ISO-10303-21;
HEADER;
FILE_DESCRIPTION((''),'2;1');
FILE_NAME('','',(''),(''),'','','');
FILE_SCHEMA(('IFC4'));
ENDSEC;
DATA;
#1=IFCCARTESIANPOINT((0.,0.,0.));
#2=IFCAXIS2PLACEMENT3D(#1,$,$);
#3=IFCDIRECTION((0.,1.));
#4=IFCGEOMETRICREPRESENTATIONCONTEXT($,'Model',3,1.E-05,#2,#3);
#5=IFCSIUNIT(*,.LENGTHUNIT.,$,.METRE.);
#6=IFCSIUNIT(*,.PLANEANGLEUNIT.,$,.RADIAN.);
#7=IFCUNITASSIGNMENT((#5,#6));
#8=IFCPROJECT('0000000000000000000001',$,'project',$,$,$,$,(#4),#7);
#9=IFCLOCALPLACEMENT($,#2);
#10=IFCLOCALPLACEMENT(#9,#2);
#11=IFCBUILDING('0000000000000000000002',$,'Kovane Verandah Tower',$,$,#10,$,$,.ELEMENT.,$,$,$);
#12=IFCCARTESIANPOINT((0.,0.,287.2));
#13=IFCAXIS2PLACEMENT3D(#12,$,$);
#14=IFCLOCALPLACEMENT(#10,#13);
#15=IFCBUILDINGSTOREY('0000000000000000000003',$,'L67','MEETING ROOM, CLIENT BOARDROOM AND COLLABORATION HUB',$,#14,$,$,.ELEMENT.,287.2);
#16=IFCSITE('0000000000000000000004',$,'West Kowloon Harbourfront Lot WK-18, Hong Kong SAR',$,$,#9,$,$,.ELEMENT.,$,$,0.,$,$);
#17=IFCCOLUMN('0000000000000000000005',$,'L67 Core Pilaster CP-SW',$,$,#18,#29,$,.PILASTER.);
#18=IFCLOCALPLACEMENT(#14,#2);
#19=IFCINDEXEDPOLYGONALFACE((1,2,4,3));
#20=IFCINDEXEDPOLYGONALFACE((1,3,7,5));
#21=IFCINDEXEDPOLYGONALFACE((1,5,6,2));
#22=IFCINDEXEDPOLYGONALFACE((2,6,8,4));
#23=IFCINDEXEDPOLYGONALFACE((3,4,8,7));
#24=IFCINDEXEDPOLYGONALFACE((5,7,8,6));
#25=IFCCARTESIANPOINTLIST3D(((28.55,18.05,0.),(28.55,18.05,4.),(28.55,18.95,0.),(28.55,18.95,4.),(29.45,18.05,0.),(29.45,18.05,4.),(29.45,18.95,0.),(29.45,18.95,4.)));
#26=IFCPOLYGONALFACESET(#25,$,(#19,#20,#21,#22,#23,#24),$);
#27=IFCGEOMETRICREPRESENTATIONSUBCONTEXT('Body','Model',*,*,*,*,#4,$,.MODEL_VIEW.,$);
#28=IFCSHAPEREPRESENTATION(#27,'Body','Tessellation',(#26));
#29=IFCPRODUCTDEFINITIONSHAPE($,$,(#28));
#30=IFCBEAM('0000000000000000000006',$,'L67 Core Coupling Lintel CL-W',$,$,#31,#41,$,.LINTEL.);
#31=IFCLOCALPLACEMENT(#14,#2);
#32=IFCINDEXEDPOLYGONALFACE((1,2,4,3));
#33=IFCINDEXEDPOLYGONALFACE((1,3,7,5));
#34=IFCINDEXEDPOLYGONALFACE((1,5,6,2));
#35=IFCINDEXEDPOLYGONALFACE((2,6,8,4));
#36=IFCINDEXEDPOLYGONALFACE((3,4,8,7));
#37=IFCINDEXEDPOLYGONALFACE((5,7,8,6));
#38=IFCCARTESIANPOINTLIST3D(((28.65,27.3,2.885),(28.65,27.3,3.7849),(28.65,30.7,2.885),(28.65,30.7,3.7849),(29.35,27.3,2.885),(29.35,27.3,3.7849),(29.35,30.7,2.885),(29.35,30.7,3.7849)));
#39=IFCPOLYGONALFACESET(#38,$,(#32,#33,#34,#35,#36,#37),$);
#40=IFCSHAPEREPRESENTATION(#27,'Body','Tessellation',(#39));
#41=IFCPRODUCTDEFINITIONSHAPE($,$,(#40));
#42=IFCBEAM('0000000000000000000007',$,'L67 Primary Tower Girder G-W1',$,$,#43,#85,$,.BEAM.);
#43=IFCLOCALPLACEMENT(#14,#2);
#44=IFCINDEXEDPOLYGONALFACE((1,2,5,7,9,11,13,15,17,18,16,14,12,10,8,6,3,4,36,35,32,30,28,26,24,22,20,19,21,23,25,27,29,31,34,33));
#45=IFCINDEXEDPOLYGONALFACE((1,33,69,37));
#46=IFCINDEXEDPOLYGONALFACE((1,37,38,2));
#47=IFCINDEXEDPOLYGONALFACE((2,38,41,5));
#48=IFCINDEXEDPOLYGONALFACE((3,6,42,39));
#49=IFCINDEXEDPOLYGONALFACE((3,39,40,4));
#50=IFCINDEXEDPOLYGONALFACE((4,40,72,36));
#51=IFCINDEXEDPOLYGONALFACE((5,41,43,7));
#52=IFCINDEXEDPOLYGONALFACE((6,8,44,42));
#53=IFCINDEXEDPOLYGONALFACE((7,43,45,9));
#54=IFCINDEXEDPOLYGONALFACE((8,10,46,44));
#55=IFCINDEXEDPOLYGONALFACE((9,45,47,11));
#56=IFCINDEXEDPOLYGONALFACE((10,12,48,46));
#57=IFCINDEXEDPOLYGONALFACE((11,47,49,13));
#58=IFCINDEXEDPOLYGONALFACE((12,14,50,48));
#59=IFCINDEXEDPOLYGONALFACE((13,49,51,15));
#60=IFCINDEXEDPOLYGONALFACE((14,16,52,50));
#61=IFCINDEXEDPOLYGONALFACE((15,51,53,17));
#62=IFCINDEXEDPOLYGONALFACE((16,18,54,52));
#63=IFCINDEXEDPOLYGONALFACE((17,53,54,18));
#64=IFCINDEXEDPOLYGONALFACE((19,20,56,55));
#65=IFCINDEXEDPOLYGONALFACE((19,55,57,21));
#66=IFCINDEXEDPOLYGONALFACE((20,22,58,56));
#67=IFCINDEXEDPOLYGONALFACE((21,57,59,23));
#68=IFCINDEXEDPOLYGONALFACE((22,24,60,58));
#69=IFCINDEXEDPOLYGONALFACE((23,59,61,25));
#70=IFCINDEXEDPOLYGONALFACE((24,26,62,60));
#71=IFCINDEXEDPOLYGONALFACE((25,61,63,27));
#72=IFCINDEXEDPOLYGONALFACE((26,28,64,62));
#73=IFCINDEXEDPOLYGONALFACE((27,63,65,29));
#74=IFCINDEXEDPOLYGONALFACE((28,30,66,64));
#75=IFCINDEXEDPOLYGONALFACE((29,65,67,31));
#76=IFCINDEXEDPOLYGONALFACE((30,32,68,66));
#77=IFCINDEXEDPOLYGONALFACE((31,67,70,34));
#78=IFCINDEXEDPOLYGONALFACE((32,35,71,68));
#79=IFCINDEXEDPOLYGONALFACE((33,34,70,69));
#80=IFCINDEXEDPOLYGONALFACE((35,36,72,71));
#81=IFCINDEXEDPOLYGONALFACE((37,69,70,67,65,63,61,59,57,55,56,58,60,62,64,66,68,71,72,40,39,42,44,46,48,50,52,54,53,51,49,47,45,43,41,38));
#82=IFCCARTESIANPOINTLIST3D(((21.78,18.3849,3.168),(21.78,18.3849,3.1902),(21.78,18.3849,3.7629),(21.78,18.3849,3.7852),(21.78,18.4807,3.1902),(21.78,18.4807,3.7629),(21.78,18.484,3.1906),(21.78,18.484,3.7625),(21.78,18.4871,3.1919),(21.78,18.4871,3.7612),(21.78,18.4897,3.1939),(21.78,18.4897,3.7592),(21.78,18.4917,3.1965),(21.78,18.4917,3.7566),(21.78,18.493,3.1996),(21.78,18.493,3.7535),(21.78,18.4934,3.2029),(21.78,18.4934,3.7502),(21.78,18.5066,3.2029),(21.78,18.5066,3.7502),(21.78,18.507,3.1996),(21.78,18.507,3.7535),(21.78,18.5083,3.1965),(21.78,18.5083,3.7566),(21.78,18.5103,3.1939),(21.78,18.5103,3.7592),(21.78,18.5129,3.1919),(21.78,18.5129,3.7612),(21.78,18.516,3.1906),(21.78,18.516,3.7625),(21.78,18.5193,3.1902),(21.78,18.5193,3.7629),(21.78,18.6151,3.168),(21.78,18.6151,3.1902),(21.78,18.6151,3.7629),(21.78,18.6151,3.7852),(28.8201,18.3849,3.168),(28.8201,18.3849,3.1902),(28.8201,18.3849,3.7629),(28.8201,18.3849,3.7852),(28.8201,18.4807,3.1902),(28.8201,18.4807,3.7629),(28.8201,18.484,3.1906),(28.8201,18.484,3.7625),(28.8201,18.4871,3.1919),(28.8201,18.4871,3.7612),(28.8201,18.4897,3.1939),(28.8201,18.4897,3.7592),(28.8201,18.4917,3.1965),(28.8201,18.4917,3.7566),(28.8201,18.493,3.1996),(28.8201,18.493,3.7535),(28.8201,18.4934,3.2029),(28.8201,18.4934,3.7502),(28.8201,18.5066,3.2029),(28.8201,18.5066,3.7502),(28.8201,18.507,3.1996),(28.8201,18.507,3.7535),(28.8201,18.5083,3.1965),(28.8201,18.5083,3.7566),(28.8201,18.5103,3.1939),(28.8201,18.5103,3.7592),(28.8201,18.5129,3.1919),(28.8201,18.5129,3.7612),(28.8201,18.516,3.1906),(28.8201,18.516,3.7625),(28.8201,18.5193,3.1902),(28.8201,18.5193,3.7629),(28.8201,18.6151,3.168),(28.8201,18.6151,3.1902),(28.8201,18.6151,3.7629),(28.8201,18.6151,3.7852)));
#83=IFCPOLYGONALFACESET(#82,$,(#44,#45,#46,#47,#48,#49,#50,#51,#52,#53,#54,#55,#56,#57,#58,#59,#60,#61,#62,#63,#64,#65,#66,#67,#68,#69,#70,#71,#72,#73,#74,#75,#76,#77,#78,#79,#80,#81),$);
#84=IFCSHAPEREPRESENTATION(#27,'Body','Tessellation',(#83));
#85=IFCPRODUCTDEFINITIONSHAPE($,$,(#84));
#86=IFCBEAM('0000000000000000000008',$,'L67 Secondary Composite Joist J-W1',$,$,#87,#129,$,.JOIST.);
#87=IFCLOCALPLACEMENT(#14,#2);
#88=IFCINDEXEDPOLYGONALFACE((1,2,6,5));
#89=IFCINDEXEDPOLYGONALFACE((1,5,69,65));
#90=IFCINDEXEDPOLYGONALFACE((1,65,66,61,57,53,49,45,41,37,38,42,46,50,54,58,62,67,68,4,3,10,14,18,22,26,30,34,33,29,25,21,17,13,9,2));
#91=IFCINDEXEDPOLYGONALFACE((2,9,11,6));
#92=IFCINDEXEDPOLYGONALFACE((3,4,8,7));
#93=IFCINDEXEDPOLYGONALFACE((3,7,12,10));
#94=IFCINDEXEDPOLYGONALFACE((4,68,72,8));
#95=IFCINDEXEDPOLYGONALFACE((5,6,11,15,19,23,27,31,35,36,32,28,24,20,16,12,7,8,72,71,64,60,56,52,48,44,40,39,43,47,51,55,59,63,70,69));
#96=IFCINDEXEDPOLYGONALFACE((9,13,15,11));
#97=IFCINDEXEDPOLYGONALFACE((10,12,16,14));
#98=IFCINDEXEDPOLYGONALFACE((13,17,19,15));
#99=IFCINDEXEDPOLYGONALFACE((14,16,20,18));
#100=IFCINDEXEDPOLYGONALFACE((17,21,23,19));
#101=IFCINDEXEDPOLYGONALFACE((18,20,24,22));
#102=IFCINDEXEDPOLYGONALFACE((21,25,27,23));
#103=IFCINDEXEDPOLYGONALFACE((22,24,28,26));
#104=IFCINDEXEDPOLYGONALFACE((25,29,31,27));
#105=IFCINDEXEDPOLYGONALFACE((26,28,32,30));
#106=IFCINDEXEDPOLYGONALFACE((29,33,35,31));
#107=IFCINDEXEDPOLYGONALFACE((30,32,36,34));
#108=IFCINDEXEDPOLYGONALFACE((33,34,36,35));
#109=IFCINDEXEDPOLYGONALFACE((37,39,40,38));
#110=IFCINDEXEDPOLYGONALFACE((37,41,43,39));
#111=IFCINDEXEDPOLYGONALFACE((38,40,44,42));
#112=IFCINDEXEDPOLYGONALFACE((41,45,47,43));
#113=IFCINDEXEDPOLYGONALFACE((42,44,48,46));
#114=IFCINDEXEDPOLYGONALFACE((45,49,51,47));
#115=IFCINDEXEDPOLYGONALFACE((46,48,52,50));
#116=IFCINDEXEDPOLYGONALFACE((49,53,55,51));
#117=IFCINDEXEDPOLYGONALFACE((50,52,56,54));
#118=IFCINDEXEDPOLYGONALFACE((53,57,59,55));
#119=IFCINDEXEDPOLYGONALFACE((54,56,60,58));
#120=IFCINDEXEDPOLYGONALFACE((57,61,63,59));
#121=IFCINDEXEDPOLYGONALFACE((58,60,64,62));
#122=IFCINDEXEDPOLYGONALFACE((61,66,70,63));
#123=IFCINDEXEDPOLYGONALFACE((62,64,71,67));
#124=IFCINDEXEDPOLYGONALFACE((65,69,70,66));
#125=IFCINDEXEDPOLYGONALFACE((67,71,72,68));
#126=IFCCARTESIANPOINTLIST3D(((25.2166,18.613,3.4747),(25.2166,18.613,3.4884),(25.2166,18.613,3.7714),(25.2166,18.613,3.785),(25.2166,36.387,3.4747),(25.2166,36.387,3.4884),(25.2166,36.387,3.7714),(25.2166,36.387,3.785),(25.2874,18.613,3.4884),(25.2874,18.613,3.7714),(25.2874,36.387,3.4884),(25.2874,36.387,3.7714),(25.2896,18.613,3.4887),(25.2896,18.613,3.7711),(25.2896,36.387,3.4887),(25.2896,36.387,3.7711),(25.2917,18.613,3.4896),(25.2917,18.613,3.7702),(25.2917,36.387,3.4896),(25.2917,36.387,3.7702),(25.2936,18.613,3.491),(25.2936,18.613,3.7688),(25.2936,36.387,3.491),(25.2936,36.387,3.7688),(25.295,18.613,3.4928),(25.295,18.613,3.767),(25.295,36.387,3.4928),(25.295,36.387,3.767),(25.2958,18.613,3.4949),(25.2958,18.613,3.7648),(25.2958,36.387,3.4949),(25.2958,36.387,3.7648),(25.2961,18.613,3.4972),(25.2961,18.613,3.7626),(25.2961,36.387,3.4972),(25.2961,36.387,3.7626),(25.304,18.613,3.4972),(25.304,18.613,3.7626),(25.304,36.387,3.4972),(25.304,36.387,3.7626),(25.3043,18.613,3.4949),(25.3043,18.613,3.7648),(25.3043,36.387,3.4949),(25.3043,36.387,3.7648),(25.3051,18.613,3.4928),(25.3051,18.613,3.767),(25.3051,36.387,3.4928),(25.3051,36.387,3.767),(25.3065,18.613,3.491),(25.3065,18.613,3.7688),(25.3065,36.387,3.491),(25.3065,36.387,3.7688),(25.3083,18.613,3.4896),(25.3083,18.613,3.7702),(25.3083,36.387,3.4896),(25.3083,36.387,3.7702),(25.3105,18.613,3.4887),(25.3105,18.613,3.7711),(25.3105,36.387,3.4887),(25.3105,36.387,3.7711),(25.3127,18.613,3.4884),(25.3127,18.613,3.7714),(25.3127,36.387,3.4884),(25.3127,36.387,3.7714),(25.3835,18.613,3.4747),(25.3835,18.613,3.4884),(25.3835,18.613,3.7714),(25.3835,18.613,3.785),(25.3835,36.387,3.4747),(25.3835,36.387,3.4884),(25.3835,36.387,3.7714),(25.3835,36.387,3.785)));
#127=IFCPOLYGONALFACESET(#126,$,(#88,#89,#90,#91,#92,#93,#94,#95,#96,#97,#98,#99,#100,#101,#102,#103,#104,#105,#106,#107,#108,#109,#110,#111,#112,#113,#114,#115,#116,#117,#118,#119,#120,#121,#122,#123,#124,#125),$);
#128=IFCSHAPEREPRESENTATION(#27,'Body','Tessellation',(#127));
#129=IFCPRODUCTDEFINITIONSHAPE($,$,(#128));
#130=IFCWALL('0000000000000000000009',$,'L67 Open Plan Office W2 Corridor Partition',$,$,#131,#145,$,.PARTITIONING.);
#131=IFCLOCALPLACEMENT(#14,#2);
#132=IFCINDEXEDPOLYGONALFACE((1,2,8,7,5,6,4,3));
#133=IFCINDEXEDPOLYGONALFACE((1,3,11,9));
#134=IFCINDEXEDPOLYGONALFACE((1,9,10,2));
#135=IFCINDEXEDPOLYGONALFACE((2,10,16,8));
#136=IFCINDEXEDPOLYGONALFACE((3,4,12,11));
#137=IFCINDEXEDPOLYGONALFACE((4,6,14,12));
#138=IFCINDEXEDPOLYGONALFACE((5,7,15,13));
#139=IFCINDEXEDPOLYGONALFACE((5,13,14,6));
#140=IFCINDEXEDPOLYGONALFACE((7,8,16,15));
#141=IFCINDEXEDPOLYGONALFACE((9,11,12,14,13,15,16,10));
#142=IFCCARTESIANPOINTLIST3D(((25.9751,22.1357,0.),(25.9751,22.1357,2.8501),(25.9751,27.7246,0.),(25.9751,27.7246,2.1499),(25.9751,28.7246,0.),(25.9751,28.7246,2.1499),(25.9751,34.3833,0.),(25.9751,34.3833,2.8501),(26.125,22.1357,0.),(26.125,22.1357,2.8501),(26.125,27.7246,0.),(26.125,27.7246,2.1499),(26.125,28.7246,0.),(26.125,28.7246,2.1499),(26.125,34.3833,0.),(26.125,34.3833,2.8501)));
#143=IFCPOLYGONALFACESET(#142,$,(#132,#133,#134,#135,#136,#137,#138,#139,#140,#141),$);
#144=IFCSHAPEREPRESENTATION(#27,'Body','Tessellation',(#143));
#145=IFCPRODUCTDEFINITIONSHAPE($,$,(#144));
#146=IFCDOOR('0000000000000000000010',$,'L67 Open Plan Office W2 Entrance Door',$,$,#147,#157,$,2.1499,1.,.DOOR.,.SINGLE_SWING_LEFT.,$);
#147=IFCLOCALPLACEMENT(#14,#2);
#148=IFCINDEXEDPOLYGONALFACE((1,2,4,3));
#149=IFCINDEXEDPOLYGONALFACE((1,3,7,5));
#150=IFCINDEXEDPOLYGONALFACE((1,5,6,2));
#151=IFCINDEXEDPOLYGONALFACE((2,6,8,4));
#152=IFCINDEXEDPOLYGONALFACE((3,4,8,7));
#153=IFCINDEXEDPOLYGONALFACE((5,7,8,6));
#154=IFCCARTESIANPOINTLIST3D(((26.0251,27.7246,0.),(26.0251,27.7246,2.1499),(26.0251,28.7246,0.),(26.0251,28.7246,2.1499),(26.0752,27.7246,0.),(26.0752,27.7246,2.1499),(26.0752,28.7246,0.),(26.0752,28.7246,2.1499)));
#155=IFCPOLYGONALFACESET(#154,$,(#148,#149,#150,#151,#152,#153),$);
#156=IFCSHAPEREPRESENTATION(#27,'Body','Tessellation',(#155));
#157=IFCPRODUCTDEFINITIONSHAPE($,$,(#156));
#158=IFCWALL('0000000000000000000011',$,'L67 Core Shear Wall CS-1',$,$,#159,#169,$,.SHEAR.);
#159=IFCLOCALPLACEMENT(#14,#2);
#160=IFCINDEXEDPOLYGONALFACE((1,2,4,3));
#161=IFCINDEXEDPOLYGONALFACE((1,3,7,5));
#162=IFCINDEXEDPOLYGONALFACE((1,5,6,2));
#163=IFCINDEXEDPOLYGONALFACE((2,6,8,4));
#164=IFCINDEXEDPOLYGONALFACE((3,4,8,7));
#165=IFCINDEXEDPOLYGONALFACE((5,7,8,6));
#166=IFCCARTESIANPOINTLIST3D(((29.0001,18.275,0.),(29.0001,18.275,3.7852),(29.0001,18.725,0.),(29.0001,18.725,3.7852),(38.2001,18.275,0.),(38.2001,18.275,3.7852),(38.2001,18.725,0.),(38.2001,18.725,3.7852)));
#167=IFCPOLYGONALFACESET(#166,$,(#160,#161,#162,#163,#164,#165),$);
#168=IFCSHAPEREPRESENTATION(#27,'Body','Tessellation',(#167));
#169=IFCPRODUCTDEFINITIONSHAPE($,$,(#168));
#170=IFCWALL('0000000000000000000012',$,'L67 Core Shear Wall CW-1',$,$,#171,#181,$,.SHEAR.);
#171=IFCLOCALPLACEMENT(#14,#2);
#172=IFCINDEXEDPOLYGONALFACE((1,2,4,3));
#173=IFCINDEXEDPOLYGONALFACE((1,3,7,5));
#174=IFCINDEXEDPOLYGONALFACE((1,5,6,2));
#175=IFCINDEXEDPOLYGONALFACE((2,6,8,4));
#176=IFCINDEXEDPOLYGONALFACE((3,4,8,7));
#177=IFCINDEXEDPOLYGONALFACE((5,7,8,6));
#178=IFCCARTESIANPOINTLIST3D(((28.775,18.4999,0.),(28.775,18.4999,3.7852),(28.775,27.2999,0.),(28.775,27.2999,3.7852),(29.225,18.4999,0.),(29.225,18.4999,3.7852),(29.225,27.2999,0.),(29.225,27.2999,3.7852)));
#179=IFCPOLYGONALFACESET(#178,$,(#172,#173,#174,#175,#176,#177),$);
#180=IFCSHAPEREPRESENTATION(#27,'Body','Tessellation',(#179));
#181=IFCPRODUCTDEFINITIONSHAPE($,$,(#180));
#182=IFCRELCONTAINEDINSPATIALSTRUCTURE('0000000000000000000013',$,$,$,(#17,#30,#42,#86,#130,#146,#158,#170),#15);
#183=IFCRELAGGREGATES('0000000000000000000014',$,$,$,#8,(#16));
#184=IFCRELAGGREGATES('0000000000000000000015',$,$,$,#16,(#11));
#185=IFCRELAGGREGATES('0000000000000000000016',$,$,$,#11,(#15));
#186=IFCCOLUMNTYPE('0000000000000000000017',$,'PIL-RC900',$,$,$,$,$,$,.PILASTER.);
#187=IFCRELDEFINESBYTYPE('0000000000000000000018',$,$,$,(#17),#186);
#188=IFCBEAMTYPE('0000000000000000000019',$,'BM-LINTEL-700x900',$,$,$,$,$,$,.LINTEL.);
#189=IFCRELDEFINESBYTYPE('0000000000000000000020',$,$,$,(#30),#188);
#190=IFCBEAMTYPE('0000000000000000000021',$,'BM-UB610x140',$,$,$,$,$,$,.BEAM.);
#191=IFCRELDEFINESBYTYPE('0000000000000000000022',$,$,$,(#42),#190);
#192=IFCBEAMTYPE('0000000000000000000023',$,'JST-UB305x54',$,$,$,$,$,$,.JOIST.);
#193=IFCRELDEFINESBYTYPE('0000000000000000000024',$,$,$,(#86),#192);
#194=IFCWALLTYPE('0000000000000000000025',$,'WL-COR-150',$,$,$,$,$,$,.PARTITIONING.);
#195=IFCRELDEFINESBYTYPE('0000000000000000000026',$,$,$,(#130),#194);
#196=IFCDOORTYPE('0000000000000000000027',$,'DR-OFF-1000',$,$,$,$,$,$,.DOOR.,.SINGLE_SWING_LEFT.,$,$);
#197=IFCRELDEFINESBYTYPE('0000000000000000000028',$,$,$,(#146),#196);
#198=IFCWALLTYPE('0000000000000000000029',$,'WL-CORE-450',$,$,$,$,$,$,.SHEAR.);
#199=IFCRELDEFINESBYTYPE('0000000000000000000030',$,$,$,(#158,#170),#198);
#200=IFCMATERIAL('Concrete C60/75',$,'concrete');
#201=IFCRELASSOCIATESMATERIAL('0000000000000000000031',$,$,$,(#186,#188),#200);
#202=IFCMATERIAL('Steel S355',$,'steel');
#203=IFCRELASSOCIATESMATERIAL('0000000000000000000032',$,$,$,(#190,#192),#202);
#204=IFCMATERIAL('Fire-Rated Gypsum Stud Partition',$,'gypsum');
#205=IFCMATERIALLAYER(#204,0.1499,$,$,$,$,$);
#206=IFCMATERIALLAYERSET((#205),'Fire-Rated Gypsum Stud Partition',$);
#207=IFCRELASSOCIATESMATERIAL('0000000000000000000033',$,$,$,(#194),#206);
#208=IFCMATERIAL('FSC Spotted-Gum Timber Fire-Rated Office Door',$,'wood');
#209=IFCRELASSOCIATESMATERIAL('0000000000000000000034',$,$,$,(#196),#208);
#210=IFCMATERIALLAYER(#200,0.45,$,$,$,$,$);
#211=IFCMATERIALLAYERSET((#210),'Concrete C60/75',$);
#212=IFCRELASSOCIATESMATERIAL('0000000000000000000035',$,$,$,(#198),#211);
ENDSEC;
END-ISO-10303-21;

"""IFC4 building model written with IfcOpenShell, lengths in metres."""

from ifc_helpers import new_model, si_unit, direction, frame, frame_2d, origin, origin_2d, place, context, subcontext, project, spatial, rectangle, i_section, extrude, material, layer, layer_set, material_profile, profile_set, type_object, element, fill, save


model = new_model("IFC4")

# Units and contexts
model_context = context("Model", 3, precision=1e-05, world=origin(), true_north=direction((0.0, 1.0)))
body_context = subcontext(model_context, "Body", "Model", "MODEL_VIEW")
ifc_project = project(units=[si_unit("LENGTHUNIT", "METRE"), si_unit("PLANEANGLEUNIT", "RADIAN")], contexts=[model_context])

# Site, building, storey
site_placement = place(None, origin())
site = spatial("IfcSite", under=ifc_project, at=site_placement, Name="West Kowloon Harbourfront Lot WK-18, Hong Kong SAR", CompositionType="ELEMENT", RefElevation=0.0)
building_placement = place(site_placement, origin())
building = spatial("IfcBuilding", under=site, at=building_placement, Name="Kovane Verandah Tower", CompositionType="ELEMENT")
storey_placement = place(building_placement, frame((0.0, 0.0, 287.2)))
storey = spatial("IfcBuildingStorey", under=building, at=storey_placement, Name="L67", Description="MEETING ROOM, CLIENT BOARDROOM AND COLLABORATION HUB", CompositionType="ELEMENT", Elevation=287.2)

# Column
ifc_material_1 = material(Name="Concrete C60/75", Category="concrete")
ifc_material_profile_1 = material_profile(ifc_material_1, rectangle(XDim=0.8999, YDim=0.8999, at=origin_2d()), Name="RC900x900")
ifc_profile_set_1 = profile_set([ifc_material_profile_1], Name="Concrete C60/75")
column_type = type_object("IfcColumnType", Name="PIL-RC900", PredefinedType="PILASTER", material=ifc_profile_set_1)
column_placement = place(storey_placement, frame((29.0, 18.5, 0.0), z_axis=(0.0, 0.0, 1.0), x_axis=(1.0, 0.0, 0.0)))
element("IfcColumn", 1, at=column_placement, inside=storey, type_object=column_type, Name="L67 Core Pilaster CP-SW", PredefinedType="PILASTER", context=body_context, shape_type="SweptSolid", body=[
    extrude(rectangle(XDim=0.8999, YDim=0.8999, at=origin_2d()), origin(), (0.0, 0.0, 1.0), 4.0),
])

# Beams
ifc_material_profile_2 = material_profile(ifc_material_1, rectangle(XDim=0.7, YDim=0.8999, at=origin_2d()), Name="RCB700x900")
ifc_profile_set_2 = profile_set([ifc_material_profile_2], Name="Concrete C60/75")
beam_type_1 = type_object("IfcBeamType", Name="BM-LINTEL-700x900", PredefinedType="LINTEL", material=ifc_profile_set_2)
beam_1_placement = place(storey_placement, frame((29.0, 27.3, 3.335), z_axis=(0.0, 1.0, 0.0), x_axis=(-1.0, 0.0, 0.0)))
element("IfcBeam", 2, at=beam_1_placement, inside=storey, type_object=beam_type_1, Name="L67 Core Coupling Lintel CL-W", PredefinedType="LINTEL", context=body_context, shape_type="SweptSolid", body=[
    extrude(rectangle(XDim=0.7, YDim=0.8999, at=origin_2d()), origin(), (0.0, 0.0, 1.0), 3.3999),
])
ifc_material_2 = material(Name="Steel S355", Category="steel")
ifc_material_profile_3 = material_profile(ifc_material_2, i_section(OverallWidth=0.2302, OverallDepth=0.6172, WebThickness=0.0132, FlangeThickness=0.0222, FilletRadius=0.0127, at=origin_2d()), Name="UB610x229x140")
ifc_profile_set_3 = profile_set([ifc_material_profile_3], Name="Steel S355")
beam_type_2 = type_object("IfcBeamType", Name="BM-UB610x140", PredefinedType="BEAM", material=ifc_profile_set_3)
beam_2_placement = place(storey_placement, frame((28.8201, 18.5, 3.4766), z_axis=(-1.0, 0.0, 0.0), x_axis=(0.0, -1.0, 0.0)))
element("IfcBeam", 3, at=beam_2_placement, inside=storey, type_object=beam_type_2, Name="L67 Primary Tower Girder G-W1", PredefinedType="BEAM", context=body_context, shape_type="SweptSolid", body=[
    extrude(i_section(OverallWidth=0.2302, OverallDepth=0.6172, WebThickness=0.0132, FlangeThickness=0.0222, FilletRadius=0.0127, at=origin_2d()), origin(), (0.0, 0.0, 1.0), 7.04),
])
ifc_material_profile_4 = material_profile(ifc_material_2, i_section(OverallWidth=0.167, OverallDepth=0.3103, WebThickness=0.0078, FlangeThickness=0.0137, FilletRadius=0.0088, at=origin_2d()), Name="UB305x165x54")
ifc_profile_set_4 = profile_set([ifc_material_profile_4], Name="Steel S355")
beam_type_3 = type_object("IfcBeamType", Name="JST-UB305x54", PredefinedType="JOIST", material=ifc_profile_set_4)
beam_3_placement = place(storey_placement, frame((25.3, 18.613, 3.6299), z_axis=(0.0, 1.0, 0.0), x_axis=(-1.0, 0.0, 0.0)))
element("IfcBeam", 4, at=beam_3_placement, inside=storey, type_object=beam_type_3, Name="L67 Secondary Composite Joist J-W1", PredefinedType="JOIST", context=body_context, shape_type="SweptSolid", body=[
    extrude(i_section(OverallWidth=0.167, OverallDepth=0.3103, WebThickness=0.0078, FlangeThickness=0.0137, FilletRadius=0.0088, at=origin_2d()), origin(), (0.0, 0.0, 1.0), 17.7739),
])

# Wall, opening, door
ifc_material_3 = material(Name="Fire-Rated Gypsum Stud Partition", Category="gypsum")
ifc_layer_1 = layer(ifc_material_3, 0.1499)
ifc_layer_set_1 = layer_set([ifc_layer_1], Name="Fire-Rated Gypsum Stud Partition")
wall_type_1 = type_object("IfcWallType", Name="WL-COR-150", PredefinedType="PARTITIONING", material=ifc_layer_set_1)
wall_1_placement = place(storey_placement, frame((26.05, 22.1357, 0.0), z_axis=(0.0, 0.0, 1.0), x_axis=(0.0, 1.0, 0.0)))
wall_1 = element("IfcWall", 5, at=wall_1_placement, inside=storey, type_object=wall_type_1, Name="L67 Open Plan Office W2 Corridor Partition", PredefinedType="PARTITIONING", context=body_context, shape_type="SweptSolid", body=[
    extrude(rectangle(XDim=12.2476, YDim=0.1499, at=frame_2d((6.1238, 0.0))), origin(), (0.0, 0.0, 1.0), 2.8501),
])
opening_1_placement = place(wall_1_placement, frame((5.5889, 0.0, 0.0)))
opening_1 = element("IfcOpeningElement", 6, at=opening_1_placement, cuts=wall_1, PredefinedType="OPENING", context=body_context, shape_type="SweptSolid", body=[
    extrude(rectangle(XDim=1.0, YDim=2.1499, at=frame_2d((0.5, 1.075))), frame((0.0, 0.075, 0.0), z_axis=(0.0, -1.0, 0.0), x_axis=(1.0, 0.0, 0.0)), (0.0, 0.0, 1.0), 0.1499),
])
ifc_material_4 = material(Name="FSC Spotted-Gum Timber Fire-Rated Office Door", Category="wood")
door_type_1 = type_object("IfcDoorType", Name="DR-OFF-1000", OperationType="SINGLE_SWING_LEFT", PredefinedType="DOOR", material=ifc_material_4)
door_1_placement = place(opening_1_placement, origin())
door_1 = element("IfcDoor", 7, at=door_1_placement, inside=storey, type_object=door_type_1, Name="L67 Open Plan Office W2 Entrance Door", OperationType="SINGLE_SWING_LEFT", OverallHeight=2.1499, OverallWidth=1.0, PredefinedType="DOOR", context=body_context, shape_type="SweptSolid", body=[
    extrude(rectangle(XDim=1.0, YDim=2.1499, at=frame_2d((0.5, 1.075))), frame((0.0, 0.0249, 0.0), z_axis=(0.0, -1.0, 0.0), x_axis=(1.0, 0.0, 0.0)), (0.0, 0.0, 1.0), 0.05),
])
fill(opening_1, door_1)

# Walls
ifc_layer_2 = layer(ifc_material_1, 0.45)
ifc_layer_set_2 = layer_set([ifc_layer_2], Name="Concrete C60/75")
wall_type_2 = type_object("IfcWallType", Name="WL-CORE-450", PredefinedType="SHEAR", material=ifc_layer_set_2)
wall_2_placement = place(storey_placement, frame((29.0, 18.5, 0.0), z_axis=(0.0, 0.0, 1.0), x_axis=(1.0, 0.0, 0.0)))
element("IfcWall", 8, at=wall_2_placement, inside=storey, type_object=wall_type_2, Name="L67 Core Shear Wall CS-1", PredefinedType="SHEAR", context=body_context, shape_type="SweptSolid", body=[
    extrude(rectangle(XDim=9.2, YDim=0.45, at=frame_2d((4.6001, 0.0))), origin(), (0.0, 0.0, 1.0), 3.7852),
])
wall_3_placement = place(storey_placement, frame((29.0, 18.5, 0.0), z_axis=(0.0, 0.0, 1.0), x_axis=(0.0, 1.0, 0.0)))
element("IfcWall", 9, at=wall_3_placement, inside=storey, type_object=wall_type_2, Name="L67 Core Shear Wall CW-1", PredefinedType="SHEAR", context=body_context, shape_type="SweptSolid", body=[
    extrude(rectangle(XDim=8.8, YDim=0.45, at=frame_2d((4.3999, 0.0))), origin(), (0.0, 0.0, 1.0), 3.7852),
])

save(model, "model.ifc")
